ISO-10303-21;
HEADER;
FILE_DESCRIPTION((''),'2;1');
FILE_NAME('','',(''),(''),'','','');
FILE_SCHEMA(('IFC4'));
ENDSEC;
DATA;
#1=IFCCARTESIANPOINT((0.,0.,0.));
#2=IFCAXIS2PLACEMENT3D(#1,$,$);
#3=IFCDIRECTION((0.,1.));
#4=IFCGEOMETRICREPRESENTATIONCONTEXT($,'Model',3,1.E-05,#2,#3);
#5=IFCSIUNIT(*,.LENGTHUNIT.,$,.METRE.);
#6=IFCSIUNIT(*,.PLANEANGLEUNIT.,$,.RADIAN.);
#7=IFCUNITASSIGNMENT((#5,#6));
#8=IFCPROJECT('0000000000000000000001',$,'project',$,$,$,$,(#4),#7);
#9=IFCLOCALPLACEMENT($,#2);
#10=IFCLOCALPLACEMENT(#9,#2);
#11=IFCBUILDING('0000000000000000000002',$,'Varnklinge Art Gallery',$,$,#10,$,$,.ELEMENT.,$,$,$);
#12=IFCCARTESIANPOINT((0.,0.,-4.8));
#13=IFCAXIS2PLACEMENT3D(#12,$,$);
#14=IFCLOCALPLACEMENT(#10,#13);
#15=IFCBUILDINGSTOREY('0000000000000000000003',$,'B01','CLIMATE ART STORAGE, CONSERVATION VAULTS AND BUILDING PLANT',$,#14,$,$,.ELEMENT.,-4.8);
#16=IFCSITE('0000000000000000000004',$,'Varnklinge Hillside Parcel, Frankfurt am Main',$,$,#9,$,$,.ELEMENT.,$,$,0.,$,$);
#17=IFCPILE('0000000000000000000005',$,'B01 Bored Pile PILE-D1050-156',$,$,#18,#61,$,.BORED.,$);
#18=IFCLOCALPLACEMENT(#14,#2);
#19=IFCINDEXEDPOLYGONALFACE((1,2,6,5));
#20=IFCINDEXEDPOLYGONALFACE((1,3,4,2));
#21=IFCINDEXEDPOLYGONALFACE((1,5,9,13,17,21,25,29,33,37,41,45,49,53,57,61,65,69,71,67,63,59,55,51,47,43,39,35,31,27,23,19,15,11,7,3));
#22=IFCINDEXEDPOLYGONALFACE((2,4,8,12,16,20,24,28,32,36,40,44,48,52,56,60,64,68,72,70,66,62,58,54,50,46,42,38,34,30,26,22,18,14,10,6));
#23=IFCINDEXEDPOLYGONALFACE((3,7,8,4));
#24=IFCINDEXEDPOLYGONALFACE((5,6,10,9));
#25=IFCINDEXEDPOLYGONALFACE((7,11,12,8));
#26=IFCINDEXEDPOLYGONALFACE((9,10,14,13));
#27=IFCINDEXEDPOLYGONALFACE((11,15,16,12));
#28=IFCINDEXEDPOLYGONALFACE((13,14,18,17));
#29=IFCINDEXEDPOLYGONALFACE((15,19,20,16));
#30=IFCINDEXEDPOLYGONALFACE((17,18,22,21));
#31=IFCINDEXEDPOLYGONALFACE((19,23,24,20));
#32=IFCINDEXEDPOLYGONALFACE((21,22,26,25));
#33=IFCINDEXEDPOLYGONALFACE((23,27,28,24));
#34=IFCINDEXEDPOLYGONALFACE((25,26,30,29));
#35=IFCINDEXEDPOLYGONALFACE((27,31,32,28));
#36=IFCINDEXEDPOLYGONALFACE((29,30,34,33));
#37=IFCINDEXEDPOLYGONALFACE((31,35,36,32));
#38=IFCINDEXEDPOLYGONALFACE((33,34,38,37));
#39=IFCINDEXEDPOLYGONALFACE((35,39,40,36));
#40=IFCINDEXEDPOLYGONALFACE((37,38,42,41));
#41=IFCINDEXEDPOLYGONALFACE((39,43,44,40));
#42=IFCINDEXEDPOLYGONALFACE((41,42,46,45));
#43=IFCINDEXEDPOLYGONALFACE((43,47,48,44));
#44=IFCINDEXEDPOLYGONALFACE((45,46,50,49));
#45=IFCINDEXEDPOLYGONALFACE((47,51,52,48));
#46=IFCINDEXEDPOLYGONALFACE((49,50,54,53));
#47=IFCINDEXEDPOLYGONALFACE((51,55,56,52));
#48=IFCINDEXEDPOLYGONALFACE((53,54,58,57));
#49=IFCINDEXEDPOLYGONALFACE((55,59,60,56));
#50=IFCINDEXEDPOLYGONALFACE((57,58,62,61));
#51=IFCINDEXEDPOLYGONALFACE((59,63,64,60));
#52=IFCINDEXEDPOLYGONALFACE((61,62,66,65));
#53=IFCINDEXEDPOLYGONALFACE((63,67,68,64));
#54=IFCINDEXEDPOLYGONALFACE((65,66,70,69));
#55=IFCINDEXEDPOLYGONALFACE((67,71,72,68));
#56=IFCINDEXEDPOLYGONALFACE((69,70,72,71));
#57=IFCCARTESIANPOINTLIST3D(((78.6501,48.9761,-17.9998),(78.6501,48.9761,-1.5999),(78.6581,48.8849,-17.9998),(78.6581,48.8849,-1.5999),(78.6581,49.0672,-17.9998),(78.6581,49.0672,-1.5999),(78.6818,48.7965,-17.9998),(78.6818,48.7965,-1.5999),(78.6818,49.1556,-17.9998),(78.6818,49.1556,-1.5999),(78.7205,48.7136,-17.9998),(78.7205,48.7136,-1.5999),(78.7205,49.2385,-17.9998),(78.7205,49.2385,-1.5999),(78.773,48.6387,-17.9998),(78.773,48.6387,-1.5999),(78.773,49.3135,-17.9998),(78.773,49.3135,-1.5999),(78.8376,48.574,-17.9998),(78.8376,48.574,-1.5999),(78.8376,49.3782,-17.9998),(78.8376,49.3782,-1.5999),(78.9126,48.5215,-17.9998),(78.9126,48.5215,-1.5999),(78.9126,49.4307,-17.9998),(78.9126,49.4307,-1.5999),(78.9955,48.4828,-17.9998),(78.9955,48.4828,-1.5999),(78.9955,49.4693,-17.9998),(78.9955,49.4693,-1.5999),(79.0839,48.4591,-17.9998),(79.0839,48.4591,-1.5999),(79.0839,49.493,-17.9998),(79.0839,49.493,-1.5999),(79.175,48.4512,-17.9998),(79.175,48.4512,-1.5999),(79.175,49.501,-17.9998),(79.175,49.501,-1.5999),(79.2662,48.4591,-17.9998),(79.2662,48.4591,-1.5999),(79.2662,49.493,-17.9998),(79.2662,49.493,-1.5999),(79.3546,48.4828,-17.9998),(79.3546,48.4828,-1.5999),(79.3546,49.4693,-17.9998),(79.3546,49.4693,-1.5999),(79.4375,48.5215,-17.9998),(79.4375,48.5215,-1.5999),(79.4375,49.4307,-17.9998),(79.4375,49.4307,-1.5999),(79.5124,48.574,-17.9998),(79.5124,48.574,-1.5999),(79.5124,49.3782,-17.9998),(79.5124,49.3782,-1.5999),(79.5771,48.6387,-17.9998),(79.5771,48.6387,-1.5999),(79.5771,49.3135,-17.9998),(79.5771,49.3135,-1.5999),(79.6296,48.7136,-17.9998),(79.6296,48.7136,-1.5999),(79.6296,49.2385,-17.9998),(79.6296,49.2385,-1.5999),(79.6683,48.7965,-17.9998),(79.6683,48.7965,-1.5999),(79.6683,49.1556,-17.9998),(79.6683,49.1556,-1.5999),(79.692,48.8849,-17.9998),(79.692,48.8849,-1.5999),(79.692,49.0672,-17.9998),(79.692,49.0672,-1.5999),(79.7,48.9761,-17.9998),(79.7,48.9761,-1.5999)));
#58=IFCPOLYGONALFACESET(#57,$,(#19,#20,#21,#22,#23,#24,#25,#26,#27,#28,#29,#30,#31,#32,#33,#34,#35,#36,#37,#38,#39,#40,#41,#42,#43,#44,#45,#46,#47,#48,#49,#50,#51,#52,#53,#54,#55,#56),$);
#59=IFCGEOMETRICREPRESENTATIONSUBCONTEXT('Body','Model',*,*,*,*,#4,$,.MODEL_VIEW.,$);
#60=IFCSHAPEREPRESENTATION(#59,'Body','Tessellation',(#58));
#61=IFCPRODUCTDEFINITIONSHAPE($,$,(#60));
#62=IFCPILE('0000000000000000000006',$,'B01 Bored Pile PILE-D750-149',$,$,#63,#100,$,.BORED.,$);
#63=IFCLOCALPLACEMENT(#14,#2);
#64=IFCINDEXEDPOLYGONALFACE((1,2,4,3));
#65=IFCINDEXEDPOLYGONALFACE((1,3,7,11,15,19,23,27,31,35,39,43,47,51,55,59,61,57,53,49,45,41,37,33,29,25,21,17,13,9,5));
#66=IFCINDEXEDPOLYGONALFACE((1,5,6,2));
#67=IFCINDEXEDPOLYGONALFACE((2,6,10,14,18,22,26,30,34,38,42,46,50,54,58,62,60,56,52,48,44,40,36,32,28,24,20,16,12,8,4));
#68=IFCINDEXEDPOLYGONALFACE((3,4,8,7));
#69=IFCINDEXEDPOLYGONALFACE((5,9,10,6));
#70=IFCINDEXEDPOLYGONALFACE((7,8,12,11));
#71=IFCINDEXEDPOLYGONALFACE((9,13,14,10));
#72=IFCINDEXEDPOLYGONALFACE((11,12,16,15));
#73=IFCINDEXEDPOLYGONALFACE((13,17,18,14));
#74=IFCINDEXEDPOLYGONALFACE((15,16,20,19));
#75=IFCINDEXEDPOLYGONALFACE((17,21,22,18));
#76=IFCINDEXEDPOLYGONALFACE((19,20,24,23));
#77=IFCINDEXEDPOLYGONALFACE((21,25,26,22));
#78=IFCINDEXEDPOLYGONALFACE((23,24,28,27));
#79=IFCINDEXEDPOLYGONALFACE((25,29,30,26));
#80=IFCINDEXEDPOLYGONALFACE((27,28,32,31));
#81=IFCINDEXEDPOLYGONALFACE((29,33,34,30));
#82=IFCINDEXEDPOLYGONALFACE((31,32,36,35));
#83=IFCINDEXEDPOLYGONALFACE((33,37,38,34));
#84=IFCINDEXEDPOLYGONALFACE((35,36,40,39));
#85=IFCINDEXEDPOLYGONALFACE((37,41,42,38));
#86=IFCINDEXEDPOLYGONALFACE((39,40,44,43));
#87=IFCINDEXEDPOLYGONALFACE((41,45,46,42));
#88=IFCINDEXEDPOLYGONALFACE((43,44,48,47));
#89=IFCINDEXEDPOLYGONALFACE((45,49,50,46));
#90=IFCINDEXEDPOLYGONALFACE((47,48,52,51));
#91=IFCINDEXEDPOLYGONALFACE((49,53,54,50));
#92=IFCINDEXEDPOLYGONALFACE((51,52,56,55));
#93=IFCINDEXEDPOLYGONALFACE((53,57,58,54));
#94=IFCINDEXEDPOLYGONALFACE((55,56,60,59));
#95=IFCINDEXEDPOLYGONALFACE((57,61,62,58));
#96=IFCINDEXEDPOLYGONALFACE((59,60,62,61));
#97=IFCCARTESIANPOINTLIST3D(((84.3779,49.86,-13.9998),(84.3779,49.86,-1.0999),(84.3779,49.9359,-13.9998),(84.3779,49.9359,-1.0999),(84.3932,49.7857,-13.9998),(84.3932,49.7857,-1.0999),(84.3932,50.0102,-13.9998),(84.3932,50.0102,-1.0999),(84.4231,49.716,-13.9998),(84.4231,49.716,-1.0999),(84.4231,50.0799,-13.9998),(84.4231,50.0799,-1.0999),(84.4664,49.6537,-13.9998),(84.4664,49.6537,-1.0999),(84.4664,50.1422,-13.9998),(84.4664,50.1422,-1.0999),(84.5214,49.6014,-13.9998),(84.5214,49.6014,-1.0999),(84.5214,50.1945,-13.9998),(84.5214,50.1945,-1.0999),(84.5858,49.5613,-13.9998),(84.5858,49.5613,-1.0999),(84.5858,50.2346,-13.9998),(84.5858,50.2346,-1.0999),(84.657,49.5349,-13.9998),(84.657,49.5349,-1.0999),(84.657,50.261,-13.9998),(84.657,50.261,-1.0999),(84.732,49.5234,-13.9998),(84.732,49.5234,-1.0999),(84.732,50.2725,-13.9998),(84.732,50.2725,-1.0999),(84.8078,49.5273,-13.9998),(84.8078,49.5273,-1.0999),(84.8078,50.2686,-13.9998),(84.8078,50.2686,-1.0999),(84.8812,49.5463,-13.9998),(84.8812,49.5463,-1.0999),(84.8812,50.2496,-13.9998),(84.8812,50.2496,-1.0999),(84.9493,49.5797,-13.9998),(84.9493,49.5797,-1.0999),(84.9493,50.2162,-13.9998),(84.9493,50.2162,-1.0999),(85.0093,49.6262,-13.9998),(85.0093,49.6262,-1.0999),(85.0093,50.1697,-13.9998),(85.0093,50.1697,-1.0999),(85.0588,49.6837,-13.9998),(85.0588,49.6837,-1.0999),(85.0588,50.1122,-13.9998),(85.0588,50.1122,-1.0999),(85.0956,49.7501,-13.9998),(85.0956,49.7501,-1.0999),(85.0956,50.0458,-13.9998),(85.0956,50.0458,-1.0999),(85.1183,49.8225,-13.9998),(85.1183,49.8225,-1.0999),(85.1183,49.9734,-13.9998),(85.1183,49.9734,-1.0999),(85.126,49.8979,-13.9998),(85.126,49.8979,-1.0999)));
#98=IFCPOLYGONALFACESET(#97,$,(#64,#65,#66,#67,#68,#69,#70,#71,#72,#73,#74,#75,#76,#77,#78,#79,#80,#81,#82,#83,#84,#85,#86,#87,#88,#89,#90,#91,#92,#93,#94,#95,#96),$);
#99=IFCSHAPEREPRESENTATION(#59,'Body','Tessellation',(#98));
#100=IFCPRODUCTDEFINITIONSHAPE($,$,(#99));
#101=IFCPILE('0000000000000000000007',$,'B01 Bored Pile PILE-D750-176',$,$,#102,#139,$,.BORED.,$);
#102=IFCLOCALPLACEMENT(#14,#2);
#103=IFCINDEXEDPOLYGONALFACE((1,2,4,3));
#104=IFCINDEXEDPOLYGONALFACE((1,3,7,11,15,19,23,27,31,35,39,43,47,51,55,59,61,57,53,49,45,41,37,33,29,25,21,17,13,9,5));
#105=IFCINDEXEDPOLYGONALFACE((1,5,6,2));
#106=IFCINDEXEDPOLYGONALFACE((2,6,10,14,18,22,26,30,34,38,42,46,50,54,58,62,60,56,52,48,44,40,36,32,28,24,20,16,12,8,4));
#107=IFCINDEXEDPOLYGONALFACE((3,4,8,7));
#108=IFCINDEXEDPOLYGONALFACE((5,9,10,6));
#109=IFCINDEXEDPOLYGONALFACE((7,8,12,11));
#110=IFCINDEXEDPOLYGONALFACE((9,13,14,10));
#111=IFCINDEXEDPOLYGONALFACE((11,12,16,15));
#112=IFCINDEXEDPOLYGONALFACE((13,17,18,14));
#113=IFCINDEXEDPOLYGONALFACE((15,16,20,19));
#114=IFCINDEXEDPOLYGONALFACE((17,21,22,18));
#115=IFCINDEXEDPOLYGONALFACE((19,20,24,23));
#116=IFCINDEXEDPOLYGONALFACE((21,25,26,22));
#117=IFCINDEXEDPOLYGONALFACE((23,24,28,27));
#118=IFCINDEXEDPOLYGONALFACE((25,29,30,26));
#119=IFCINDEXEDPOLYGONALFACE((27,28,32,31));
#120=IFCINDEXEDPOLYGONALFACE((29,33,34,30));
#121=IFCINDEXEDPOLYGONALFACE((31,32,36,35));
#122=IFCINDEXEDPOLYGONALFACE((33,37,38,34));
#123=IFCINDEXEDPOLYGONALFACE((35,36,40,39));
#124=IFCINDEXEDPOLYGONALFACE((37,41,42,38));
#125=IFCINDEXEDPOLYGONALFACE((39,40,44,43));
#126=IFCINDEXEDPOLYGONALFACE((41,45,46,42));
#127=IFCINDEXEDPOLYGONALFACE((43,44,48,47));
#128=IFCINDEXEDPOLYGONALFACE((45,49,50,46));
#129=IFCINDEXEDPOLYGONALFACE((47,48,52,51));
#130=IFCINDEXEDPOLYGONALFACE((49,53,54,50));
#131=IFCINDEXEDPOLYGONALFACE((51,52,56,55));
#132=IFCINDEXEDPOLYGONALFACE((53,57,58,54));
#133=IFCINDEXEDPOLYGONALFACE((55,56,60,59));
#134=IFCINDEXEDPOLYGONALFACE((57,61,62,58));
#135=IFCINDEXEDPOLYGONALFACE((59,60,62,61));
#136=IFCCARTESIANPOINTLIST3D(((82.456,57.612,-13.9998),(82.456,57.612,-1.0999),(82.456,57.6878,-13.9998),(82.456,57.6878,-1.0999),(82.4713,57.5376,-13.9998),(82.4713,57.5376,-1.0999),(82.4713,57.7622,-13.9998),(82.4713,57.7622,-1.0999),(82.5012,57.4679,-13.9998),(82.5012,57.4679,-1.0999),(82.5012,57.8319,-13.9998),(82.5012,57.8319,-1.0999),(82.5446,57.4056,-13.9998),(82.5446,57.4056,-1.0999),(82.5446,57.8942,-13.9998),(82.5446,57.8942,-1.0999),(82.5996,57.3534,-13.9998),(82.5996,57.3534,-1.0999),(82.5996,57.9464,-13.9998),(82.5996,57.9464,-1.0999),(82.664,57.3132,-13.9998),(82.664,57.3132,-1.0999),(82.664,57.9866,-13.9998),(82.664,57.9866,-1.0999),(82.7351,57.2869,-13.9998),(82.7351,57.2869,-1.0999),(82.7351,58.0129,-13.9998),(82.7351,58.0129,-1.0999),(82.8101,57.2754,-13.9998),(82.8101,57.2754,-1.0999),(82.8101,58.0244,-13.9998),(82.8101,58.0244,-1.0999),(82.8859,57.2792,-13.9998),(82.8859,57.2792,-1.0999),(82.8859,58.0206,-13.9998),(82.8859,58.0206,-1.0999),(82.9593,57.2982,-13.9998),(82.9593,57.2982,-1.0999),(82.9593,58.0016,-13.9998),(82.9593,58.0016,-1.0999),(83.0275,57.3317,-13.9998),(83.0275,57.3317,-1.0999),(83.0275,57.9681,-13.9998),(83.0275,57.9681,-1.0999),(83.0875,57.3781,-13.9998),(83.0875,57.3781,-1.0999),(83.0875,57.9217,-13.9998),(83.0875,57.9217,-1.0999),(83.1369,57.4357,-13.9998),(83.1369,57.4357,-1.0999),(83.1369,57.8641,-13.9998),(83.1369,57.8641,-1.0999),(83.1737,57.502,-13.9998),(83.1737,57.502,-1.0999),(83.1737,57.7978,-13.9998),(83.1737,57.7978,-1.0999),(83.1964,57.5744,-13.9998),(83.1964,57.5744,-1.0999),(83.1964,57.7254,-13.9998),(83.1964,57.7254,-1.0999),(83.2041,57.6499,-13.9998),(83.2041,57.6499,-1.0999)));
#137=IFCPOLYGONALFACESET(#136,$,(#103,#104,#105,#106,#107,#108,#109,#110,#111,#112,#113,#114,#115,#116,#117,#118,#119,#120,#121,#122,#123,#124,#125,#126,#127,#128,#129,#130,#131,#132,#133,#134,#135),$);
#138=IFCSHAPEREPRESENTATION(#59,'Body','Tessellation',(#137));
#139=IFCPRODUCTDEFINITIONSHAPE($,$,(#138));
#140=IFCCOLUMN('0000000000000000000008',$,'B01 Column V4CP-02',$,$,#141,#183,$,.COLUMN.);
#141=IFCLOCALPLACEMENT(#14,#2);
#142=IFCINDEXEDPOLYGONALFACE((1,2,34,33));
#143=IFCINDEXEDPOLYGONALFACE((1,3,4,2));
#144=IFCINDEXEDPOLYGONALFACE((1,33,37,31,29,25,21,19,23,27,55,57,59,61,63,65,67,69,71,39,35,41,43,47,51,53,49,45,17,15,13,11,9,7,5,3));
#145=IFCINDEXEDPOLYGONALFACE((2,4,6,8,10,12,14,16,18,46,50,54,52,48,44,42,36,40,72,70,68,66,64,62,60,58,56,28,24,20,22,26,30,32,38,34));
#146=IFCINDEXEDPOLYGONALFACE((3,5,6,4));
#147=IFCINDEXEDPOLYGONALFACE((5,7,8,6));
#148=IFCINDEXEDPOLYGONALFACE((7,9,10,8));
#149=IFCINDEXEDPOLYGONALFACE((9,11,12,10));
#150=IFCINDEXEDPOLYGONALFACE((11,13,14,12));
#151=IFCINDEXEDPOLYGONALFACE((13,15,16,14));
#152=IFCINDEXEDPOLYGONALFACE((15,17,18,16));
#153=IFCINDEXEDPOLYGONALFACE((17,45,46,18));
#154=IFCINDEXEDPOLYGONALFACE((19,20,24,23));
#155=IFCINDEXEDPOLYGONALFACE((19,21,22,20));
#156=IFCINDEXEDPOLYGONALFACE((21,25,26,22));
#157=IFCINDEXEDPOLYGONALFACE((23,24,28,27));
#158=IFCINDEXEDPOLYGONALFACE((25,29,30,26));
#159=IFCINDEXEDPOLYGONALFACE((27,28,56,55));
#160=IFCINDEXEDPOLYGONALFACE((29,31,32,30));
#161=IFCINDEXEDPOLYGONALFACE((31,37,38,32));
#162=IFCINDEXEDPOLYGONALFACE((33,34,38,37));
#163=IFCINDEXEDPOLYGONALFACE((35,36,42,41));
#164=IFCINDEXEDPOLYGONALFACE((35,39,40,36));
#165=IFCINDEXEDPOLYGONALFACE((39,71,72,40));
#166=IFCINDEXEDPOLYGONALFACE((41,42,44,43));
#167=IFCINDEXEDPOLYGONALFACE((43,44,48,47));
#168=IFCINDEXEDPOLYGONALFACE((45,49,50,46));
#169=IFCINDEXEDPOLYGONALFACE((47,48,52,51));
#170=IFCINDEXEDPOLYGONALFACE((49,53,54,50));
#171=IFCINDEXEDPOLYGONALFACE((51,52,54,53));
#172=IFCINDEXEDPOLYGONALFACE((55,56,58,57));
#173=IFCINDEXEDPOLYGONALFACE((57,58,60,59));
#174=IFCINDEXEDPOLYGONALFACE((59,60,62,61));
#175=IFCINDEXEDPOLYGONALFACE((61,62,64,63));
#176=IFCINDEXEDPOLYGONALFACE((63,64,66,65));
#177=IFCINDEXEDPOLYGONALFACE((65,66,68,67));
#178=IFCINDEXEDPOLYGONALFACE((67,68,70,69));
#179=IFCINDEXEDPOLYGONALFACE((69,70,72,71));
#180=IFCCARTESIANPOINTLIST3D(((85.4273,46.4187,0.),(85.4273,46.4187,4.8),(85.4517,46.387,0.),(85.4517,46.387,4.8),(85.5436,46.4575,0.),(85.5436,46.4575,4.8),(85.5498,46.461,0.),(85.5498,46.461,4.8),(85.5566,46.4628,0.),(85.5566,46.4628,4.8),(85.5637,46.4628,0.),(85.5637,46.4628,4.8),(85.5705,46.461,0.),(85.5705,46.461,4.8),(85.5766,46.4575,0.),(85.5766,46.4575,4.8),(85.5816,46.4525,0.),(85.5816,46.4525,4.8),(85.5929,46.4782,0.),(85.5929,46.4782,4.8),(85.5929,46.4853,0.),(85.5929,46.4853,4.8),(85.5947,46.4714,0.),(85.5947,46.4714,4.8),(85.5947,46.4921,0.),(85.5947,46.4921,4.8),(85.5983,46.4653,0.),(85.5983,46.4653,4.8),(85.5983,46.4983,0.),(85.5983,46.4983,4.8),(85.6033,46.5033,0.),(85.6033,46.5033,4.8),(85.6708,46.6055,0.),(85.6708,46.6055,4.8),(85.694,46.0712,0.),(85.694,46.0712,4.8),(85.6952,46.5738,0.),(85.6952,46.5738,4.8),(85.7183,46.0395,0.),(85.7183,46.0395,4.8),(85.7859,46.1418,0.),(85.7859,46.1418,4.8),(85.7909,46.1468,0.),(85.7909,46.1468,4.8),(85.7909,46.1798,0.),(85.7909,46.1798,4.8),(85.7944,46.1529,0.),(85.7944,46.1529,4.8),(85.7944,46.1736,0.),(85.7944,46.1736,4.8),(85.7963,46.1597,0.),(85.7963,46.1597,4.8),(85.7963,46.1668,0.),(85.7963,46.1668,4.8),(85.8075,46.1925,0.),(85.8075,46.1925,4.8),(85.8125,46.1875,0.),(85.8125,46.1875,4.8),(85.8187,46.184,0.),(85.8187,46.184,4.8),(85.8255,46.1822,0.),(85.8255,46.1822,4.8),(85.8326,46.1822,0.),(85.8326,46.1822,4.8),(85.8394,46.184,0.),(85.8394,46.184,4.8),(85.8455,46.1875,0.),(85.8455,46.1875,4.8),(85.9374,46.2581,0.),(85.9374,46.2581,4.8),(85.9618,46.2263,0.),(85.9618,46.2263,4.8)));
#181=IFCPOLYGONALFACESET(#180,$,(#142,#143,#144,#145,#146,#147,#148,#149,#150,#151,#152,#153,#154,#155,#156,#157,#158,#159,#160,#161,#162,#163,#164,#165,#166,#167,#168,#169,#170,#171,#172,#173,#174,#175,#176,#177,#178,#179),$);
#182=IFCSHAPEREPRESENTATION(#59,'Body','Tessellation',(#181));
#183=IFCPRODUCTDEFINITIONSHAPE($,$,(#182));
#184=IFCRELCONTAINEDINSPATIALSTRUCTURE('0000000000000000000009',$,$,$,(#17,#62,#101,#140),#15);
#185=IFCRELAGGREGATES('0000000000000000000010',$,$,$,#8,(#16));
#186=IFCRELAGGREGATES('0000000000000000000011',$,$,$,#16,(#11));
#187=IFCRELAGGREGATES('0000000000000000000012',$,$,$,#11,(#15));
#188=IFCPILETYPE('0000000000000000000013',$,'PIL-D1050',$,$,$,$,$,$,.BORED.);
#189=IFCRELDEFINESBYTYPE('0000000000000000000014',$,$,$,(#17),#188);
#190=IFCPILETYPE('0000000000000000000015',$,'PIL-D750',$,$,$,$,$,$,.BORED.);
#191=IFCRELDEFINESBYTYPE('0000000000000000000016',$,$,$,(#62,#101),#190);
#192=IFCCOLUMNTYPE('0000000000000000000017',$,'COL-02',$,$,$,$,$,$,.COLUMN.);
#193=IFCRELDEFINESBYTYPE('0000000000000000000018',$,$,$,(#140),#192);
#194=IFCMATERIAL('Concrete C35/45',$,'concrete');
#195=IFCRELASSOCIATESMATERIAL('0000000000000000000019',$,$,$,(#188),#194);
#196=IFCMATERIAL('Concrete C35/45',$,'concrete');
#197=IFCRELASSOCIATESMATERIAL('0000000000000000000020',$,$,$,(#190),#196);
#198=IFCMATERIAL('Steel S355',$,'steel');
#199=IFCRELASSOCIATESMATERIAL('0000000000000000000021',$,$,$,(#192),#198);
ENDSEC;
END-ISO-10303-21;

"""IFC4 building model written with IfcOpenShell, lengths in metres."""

from ifc_helpers import new_model, si_unit, direction, frame, origin, origin_2d, place, context, subcontext, project, spatial, circle, i_section, extrude, material, material_profile, profile_set, type_object, element, save


model = new_model("IFC4")

# Units and contexts
model_context = context("Model", 3, precision=1e-05, world=origin(), true_north=direction((0.0, 1.0)))
body_context = subcontext(model_context, "Body", "Model", "MODEL_VIEW")
ifc_project = project(units=[si_unit("LENGTHUNIT", "METRE"), si_unit("PLANEANGLEUNIT", "RADIAN")], contexts=[model_context])

# Site, building, storey
site_placement = place(None, origin())
site = spatial("IfcSite", under=ifc_project, at=site_placement, Name="Varnklinge Hillside Parcel, Frankfurt am Main", CompositionType="ELEMENT", RefElevation=0.0)
building_placement = place(site_placement, origin())
building = spatial("IfcBuilding", under=site, at=building_placement, Name="Varnklinge Art Gallery", CompositionType="ELEMENT")
storey_placement = place(building_placement, frame((0.0, 0.0, -4.8)))
storey = spatial("IfcBuildingStorey", under=building, at=storey_placement, Name="B01", Description="CLIMATE ART STORAGE, CONSERVATION VAULTS AND BUILDING PLANT", CompositionType="ELEMENT", Elevation=-4.8)

# Piles
ifc_material_1 = material(Name="Concrete C35/45", Category="concrete")
ifc_material_profile_1 = material_profile(ifc_material_1, circle(Radius=0.5249, at=origin_2d()), Name="PILE D1050")
ifc_profile_set_1 = profile_set([ifc_material_profile_1], Name="Concrete C35/45")
pile_type_1 = type_object("IfcPileType", Name="PIL-D1050", PredefinedType="BORED", material=ifc_profile_set_1)
for number, where, z_axis, x_axis, name in (
    (1, (79.175, 48.9761, -1.5999), (0.0, 0.0, -1.0), (1.0, 0.0, 0.0), "B01 Bored Pile PILE-D1050-156"),
):
    element("IfcPile", number, at=place(storey_placement, frame(where, z_axis=z_axis, x_axis=x_axis)), inside=storey, type_object=pile_type_1, Name=name, PredefinedType="BORED", context=body_context, shape_type="SweptSolid", body=[
        extrude(circle(Radius=0.5249, at=origin_2d()), origin(), (0.0, 0.0, 1.0), 16.3999),
    ])
ifc_material_2 = material(Name="Concrete C35/45", Category="concrete")
ifc_material_profile_2 = material_profile(ifc_material_2, circle(Radius=0.375, at=origin_2d()), Name="PILE D750")
ifc_profile_set_2 = profile_set([ifc_material_profile_2], Name="Concrete C35/45")
pile_type_2 = type_object("IfcPileType", Name="PIL-D750", PredefinedType="BORED", material=ifc_profile_set_2)
for number, where, z_axis, x_axis, name in (
    (2, (84.751, 49.8979, -1.0999), (0.0, 0.0, -1.0), (1.0, 0.0, 0.0), "B01 Bored Pile PILE-D750-149"),
    (3, (82.8291, 57.6499, -1.0999), (0.0, 0.0, -1.0), (1.0, 0.0, 0.0), "B01 Bored Pile PILE-D750-176"),
):
    element("IfcPile", number, at=place(storey_placement, frame(where, z_axis=z_axis, x_axis=x_axis)), inside=storey, type_object=pile_type_2, Name=name, PredefinedType="BORED", context=body_context, shape_type="SweptSolid", body=[
        extrude(circle(Radius=0.375, at=origin_2d()), origin(), (0.0, 0.0, 1.0), 12.8999),
    ])

# Column
ifc_material_3 = material(Name="Steel S355", Category="steel")
ifc_material_profile_3 = material_profile(ifc_material_3, i_section(OverallWidth=0.3069, OverallDepth=0.478, WebThickness=0.021, FlangeThickness=0.04, FilletRadius=0.0271, at=origin_2d()), Name="HEM 450")
ifc_profile_set_3 = profile_set([ifc_material_profile_3], Name="Steel S355")
column_type_1 = type_object("IfcColumnType", Name="COL-02", PredefinedType="COLUMN", material=ifc_profile_set_3)
for number, where, z_axis, x_axis, name in (
    (4, (85.6946, 46.3225, 0.0), (0.0, 0.0, 1.0), (0.793353, 0.608761, 0.0), "B01 Column V4CP-02"),
):
    element("IfcColumn", number, at=place(storey_placement, frame(where, z_axis=z_axis, x_axis=x_axis)), inside=storey, type_object=column_type_1, Name=name, PredefinedType="COLUMN", context=body_context, shape_type="SweptSolid", body=[
        extrude(i_section(OverallWidth=0.3069, OverallDepth=0.478, WebThickness=0.021, FlangeThickness=0.04, FilletRadius=0.0271, at=origin_2d()), origin(), (0.0, 0.0, 1.0), 4.8),
    ])

save(model, "model.ifc")
